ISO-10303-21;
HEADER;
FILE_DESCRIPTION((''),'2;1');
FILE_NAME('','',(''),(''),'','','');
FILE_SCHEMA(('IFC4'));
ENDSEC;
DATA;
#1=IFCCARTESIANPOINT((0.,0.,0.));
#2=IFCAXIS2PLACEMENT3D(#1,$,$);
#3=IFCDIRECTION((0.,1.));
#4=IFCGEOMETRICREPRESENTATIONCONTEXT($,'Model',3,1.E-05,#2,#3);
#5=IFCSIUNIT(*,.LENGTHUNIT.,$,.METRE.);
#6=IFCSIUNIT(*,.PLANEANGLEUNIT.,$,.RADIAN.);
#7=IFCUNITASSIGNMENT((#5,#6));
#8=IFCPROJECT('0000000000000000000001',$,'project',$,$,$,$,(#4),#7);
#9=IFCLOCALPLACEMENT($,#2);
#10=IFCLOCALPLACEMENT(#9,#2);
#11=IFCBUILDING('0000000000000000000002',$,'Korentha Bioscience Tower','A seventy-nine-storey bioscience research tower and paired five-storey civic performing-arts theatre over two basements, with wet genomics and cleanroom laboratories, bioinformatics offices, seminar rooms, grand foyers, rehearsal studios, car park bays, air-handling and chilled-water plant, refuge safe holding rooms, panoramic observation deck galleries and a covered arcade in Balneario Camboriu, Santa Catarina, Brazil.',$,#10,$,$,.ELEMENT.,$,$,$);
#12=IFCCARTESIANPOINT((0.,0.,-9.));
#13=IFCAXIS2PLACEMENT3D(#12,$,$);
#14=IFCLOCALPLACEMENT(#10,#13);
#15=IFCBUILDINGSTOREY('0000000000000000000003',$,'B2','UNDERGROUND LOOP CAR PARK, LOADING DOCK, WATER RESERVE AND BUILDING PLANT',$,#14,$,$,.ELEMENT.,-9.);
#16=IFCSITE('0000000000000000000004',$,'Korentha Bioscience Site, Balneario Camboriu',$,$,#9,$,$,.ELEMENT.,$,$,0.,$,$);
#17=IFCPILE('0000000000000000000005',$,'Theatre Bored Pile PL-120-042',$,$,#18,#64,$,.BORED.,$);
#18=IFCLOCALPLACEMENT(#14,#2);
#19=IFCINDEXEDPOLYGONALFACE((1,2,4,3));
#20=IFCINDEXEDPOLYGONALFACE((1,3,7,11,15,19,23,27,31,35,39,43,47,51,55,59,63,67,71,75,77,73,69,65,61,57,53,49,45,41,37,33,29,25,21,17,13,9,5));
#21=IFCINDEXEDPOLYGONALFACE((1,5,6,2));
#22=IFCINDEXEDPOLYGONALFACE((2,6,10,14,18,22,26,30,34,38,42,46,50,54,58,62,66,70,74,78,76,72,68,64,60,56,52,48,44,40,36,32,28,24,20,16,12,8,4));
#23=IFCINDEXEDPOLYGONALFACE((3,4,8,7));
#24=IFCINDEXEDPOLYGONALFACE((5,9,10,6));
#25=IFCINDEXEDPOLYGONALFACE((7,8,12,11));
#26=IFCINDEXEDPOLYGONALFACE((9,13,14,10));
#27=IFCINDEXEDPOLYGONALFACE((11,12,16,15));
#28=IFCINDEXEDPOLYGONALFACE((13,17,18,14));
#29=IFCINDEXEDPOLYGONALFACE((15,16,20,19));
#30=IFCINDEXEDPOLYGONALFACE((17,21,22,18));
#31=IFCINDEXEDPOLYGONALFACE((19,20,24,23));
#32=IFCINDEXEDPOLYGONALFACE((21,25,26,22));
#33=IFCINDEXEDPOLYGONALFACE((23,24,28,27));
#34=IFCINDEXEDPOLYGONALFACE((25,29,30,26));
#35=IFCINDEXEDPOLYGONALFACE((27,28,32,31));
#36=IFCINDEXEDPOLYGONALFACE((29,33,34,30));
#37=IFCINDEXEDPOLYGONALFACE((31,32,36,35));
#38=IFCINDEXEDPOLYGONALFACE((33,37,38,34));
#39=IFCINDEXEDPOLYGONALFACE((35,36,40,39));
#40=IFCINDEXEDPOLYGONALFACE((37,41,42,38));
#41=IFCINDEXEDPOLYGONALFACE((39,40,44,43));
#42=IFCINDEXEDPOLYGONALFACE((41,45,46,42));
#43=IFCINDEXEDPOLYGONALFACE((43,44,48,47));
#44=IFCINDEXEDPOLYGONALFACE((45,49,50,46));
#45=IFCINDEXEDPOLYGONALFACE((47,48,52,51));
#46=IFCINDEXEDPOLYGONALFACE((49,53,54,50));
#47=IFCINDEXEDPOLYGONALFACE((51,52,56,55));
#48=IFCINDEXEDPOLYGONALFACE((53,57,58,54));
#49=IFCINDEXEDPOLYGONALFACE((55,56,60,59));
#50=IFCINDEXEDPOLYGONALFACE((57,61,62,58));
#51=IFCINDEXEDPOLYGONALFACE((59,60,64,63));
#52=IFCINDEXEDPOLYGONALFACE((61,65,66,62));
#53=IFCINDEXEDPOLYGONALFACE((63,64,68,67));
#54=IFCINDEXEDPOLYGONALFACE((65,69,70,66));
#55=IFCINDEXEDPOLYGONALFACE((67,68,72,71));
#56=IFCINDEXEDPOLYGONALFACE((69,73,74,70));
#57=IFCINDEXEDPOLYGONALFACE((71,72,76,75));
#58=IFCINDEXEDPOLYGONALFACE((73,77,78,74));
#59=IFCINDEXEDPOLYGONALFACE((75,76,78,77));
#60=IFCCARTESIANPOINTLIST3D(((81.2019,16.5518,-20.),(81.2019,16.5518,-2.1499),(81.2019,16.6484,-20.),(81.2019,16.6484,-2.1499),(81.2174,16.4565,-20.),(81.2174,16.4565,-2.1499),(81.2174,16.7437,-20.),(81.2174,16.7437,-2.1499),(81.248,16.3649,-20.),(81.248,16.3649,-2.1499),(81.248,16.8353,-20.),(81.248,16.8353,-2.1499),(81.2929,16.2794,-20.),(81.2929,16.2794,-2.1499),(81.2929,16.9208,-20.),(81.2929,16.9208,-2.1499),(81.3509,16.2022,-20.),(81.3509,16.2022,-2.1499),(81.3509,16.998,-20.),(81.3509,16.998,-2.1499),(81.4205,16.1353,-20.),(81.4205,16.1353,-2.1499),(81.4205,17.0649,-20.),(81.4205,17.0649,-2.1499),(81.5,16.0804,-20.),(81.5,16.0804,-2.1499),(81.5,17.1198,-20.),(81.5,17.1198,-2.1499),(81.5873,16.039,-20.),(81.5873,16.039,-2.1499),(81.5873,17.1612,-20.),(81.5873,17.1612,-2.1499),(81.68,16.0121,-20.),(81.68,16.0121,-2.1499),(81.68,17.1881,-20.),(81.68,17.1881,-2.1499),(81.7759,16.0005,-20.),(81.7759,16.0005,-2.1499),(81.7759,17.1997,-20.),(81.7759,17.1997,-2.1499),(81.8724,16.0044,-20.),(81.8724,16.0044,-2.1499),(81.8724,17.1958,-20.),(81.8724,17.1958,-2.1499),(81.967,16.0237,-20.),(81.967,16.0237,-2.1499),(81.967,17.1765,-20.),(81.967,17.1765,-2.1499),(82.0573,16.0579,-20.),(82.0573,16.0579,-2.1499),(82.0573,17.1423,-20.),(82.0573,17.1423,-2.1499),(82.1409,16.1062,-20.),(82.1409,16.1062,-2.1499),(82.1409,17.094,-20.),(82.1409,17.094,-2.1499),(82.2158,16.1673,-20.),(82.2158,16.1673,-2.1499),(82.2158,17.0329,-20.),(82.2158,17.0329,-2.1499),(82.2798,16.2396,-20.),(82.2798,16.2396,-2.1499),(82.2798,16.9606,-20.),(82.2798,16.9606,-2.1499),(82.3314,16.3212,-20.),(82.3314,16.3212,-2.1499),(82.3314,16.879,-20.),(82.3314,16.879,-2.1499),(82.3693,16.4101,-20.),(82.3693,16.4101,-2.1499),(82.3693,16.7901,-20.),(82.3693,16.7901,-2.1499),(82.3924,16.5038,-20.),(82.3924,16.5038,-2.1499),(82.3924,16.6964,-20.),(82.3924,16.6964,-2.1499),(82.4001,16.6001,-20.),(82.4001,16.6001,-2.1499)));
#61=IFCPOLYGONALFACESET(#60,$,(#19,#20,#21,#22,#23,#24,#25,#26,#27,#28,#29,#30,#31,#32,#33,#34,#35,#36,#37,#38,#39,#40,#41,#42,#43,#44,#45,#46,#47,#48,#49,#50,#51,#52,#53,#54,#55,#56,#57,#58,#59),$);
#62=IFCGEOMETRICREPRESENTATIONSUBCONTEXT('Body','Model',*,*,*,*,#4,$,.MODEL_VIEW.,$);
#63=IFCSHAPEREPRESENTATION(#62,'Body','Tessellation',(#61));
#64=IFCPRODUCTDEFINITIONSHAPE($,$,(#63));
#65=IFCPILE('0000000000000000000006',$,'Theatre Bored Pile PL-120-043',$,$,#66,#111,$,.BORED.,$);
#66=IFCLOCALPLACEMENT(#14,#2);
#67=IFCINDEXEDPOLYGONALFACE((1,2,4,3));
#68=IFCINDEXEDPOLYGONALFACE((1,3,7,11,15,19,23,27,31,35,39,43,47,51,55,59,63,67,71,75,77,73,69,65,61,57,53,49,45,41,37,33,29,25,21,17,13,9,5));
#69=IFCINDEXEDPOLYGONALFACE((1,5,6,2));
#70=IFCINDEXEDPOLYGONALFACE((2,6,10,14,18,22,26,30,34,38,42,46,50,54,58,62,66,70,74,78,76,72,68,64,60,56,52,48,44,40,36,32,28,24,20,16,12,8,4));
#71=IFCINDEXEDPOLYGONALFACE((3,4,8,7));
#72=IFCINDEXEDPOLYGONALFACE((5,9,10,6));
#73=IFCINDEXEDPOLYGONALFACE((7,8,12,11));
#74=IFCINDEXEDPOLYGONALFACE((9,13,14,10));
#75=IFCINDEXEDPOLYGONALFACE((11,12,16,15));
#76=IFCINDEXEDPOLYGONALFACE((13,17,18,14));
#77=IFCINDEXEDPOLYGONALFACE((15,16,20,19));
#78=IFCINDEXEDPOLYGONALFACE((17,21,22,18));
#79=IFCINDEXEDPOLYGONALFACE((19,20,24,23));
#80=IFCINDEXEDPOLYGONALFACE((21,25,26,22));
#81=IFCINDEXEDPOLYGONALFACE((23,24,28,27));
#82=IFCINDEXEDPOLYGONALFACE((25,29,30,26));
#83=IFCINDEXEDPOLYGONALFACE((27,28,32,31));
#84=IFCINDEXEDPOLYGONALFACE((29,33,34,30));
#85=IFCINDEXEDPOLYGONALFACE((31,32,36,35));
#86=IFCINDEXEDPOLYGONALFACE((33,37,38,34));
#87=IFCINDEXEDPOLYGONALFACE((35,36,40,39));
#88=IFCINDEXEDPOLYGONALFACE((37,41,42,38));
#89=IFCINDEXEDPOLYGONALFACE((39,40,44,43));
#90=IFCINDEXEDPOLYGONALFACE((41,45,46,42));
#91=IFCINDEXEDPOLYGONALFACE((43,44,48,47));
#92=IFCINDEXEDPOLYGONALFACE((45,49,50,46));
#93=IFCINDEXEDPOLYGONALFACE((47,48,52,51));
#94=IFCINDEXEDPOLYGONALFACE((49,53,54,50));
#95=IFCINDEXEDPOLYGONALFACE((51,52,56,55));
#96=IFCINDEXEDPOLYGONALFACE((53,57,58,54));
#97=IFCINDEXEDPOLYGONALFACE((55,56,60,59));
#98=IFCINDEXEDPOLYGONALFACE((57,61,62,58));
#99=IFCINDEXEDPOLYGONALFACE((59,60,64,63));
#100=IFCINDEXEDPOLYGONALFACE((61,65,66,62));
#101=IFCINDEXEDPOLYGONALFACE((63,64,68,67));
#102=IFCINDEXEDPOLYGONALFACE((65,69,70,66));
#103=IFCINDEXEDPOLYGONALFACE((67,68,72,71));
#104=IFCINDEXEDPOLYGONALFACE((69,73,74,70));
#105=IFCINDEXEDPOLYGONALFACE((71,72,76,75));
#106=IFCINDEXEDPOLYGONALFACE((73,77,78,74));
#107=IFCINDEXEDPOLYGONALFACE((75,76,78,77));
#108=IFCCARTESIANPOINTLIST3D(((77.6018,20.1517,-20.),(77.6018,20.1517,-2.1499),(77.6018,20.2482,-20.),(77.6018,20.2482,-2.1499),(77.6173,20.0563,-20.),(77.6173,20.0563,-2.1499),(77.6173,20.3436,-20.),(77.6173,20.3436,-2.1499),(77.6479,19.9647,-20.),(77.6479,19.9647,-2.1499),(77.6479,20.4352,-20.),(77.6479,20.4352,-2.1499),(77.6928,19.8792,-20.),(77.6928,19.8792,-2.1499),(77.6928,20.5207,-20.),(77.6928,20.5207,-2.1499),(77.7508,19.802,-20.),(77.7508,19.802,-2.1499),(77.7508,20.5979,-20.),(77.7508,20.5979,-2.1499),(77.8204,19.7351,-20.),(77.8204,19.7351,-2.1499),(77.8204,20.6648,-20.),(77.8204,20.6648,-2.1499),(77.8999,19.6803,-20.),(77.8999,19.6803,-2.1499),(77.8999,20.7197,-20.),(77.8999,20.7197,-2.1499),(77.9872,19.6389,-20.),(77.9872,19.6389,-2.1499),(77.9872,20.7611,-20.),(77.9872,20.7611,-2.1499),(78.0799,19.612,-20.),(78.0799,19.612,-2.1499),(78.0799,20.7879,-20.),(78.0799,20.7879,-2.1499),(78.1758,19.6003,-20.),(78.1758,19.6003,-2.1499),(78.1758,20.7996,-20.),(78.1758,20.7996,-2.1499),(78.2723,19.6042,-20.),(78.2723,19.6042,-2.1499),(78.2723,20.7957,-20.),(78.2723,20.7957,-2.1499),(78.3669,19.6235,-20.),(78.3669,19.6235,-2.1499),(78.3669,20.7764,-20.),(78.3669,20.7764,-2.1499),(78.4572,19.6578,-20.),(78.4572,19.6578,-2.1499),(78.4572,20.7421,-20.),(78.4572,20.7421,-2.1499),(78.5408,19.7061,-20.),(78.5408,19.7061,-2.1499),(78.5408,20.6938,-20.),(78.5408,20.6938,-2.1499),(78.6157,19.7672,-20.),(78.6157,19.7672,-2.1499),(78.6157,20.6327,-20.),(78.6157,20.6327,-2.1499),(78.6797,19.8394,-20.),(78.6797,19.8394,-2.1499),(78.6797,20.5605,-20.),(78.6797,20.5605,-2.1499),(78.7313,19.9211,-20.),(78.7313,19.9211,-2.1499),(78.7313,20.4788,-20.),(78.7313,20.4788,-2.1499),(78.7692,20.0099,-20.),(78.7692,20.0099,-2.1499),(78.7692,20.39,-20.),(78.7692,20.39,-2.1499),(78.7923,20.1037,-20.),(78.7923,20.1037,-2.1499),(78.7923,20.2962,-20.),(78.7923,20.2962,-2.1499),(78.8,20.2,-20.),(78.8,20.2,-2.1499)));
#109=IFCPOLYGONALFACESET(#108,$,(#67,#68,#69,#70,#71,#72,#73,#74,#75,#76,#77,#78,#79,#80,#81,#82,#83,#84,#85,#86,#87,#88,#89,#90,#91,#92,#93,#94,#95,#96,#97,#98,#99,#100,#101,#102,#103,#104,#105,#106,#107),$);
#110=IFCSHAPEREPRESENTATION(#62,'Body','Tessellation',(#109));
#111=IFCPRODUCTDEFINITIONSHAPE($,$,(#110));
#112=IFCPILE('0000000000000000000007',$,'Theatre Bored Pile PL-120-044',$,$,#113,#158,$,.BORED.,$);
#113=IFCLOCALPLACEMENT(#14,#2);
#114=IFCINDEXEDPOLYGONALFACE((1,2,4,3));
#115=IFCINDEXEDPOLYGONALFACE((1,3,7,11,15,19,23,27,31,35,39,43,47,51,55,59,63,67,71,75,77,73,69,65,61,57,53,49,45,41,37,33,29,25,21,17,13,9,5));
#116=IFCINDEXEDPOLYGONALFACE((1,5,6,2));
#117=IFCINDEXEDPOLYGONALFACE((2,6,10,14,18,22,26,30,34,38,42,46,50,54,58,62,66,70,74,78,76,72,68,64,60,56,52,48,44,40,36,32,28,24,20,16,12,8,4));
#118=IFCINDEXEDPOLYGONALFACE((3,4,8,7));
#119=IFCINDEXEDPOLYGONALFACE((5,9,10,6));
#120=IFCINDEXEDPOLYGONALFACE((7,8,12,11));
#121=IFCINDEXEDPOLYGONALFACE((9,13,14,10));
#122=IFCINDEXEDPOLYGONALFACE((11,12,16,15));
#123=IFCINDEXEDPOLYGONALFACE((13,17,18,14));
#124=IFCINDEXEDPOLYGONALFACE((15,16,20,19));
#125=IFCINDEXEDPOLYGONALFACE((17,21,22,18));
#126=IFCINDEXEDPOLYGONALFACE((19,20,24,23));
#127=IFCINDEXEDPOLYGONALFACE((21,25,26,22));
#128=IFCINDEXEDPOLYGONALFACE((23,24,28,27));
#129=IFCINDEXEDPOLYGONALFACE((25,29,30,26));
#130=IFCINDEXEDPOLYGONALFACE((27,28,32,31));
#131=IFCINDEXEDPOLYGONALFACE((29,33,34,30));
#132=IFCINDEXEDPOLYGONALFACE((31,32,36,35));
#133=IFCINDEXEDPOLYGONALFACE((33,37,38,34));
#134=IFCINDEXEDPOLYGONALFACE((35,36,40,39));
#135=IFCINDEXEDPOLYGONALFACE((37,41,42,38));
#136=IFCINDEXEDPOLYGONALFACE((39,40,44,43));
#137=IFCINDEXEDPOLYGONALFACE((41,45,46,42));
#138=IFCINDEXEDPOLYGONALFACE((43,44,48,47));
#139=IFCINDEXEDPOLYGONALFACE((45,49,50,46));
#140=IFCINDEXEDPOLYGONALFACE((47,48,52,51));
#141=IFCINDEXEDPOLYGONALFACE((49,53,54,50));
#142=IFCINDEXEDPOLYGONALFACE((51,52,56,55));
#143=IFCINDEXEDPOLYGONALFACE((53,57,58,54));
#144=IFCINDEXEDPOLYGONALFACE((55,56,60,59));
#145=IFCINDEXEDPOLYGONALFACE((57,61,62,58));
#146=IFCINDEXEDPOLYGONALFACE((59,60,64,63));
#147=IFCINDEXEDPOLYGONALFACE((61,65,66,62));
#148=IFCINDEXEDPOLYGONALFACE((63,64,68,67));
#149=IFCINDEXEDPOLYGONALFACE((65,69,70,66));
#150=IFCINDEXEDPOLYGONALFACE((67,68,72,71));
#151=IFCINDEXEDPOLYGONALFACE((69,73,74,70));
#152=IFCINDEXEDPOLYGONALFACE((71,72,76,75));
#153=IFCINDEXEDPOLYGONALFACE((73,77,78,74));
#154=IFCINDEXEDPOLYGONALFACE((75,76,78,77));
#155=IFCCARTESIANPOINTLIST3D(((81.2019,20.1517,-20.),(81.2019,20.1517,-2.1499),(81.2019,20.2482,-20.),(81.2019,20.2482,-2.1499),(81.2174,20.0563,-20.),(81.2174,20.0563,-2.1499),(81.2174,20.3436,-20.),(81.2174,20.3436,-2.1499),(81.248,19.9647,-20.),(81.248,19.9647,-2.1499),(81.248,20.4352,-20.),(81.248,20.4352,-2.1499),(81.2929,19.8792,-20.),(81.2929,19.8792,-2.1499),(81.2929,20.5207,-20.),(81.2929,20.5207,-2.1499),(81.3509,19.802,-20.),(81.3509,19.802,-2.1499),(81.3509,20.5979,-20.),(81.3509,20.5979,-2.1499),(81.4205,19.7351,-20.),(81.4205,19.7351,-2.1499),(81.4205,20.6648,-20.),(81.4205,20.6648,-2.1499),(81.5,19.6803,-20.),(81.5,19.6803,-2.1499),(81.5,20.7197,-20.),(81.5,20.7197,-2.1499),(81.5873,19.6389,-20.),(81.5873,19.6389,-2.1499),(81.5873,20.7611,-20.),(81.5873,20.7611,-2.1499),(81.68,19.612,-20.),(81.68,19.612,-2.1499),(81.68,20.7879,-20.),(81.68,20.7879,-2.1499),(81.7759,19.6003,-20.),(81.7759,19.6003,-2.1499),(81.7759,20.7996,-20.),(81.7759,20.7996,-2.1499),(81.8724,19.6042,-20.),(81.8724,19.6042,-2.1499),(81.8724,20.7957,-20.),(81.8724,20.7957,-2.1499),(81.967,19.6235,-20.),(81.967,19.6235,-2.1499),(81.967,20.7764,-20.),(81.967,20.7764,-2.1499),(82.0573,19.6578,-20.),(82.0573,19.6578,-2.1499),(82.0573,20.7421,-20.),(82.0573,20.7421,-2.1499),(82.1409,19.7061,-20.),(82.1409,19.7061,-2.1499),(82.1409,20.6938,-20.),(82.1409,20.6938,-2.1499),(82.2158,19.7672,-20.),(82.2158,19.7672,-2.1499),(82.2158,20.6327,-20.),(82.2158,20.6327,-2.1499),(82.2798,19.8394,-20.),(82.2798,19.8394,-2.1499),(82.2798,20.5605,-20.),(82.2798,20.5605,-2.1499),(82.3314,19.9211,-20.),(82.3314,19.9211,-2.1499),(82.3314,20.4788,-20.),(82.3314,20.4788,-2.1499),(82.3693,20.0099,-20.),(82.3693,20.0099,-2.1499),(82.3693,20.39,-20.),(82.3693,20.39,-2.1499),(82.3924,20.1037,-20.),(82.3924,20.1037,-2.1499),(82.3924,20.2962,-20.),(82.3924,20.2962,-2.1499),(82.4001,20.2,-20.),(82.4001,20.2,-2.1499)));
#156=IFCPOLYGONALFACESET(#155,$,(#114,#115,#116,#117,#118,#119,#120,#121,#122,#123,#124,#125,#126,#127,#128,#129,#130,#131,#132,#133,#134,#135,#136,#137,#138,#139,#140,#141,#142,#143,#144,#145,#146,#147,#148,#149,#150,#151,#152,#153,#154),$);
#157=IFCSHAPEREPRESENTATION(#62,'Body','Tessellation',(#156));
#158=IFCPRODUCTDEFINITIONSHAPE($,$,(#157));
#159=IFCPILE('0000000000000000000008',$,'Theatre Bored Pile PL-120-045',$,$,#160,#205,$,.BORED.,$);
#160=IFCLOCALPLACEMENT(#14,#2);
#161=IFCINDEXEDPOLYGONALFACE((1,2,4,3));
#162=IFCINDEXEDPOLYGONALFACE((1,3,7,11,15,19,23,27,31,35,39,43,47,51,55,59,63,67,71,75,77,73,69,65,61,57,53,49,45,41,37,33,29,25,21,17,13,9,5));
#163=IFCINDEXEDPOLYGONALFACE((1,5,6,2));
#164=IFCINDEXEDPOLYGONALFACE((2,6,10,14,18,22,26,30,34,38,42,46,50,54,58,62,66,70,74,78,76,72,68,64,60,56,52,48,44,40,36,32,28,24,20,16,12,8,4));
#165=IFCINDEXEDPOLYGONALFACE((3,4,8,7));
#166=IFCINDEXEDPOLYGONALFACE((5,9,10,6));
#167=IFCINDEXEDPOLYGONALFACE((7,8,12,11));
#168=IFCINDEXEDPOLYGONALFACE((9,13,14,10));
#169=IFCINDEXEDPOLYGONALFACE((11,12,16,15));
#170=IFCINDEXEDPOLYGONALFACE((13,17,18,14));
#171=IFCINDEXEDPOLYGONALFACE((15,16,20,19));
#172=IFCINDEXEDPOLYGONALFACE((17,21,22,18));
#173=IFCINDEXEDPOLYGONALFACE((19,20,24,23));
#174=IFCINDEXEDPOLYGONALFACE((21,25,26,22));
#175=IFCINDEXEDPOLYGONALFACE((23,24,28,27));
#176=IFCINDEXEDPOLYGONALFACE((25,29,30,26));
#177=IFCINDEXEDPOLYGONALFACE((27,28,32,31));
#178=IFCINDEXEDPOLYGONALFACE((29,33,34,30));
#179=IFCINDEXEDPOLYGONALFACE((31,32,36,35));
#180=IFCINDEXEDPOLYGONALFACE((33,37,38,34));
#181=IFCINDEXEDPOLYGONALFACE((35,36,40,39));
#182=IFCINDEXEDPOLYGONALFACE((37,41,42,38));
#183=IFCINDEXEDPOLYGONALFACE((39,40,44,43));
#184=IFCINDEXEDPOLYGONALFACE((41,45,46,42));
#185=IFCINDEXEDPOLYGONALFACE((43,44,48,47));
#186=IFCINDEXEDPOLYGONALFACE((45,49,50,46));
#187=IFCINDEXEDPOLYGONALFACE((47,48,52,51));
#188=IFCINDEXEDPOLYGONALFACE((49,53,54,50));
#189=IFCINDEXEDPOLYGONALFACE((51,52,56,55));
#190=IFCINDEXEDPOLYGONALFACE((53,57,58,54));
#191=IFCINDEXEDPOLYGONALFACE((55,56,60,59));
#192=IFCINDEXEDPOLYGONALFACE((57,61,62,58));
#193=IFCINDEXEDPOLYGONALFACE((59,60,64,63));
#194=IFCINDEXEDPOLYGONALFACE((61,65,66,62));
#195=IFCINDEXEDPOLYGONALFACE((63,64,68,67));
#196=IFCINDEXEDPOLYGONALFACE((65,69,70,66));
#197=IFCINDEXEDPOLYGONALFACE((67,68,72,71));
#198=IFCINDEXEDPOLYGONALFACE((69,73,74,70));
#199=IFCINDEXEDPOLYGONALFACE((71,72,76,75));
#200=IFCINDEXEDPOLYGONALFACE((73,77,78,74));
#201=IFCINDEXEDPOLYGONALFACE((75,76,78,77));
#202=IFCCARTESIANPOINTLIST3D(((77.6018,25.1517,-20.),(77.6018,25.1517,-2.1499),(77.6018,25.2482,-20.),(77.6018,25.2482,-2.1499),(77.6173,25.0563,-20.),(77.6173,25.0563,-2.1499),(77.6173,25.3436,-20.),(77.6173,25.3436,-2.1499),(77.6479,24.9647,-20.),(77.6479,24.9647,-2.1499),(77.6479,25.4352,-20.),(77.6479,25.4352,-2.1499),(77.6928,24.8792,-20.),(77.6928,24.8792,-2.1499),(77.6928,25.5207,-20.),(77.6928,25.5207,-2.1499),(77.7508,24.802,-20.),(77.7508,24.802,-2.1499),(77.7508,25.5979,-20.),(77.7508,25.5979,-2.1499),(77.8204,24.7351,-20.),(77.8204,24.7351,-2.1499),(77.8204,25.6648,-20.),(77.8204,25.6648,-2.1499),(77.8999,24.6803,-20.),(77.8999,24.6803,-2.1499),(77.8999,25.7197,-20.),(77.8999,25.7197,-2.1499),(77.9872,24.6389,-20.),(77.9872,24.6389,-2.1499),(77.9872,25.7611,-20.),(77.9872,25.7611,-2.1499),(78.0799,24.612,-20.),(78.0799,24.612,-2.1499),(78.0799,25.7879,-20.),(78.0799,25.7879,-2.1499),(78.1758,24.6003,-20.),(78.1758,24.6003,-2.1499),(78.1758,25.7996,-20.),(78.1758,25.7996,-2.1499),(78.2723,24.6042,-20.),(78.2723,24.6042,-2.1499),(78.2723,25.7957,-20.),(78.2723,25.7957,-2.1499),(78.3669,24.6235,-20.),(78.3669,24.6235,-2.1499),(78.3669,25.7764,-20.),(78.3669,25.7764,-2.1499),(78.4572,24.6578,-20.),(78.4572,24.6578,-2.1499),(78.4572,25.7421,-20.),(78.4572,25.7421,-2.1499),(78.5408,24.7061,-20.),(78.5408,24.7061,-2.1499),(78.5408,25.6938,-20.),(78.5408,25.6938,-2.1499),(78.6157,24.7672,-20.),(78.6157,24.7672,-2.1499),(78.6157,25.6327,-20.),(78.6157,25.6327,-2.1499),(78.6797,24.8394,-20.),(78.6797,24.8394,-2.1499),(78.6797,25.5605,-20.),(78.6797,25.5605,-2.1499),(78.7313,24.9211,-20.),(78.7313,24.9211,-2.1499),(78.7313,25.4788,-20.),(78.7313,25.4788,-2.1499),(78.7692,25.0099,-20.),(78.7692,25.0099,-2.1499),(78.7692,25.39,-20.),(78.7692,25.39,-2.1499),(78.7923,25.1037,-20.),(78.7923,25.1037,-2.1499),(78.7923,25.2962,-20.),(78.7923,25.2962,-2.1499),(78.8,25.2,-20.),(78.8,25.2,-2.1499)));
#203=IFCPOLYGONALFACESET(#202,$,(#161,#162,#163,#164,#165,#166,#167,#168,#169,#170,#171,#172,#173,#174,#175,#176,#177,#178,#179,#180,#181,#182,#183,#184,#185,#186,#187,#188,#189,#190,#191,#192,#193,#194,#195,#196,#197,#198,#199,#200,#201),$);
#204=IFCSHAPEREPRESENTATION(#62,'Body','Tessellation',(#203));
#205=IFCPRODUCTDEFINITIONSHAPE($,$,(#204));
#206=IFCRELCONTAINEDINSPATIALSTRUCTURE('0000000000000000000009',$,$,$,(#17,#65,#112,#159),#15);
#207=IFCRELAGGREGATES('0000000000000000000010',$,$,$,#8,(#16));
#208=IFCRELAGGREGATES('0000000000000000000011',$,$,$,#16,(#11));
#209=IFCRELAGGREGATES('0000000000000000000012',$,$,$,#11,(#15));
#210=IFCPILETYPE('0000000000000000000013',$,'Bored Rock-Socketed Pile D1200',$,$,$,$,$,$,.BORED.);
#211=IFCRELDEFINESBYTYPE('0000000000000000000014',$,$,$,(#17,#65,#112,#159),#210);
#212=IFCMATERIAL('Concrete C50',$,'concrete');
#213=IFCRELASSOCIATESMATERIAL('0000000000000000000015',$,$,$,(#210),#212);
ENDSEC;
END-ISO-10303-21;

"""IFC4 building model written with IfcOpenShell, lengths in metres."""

from ifc_helpers import new_model, si_unit, direction, frame, origin, origin_2d, place, context, subcontext, project, spatial, circle, extrude, material, material_profile, profile_set, type_object, element, save


model = new_model("IFC4")

# Units and contexts
model_context = context("Model", 3, precision=1e-05, world=origin(), true_north=direction((0.0, 1.0)))
body_context = subcontext(model_context, "Body", "Model", "MODEL_VIEW")
ifc_project = project(units=[si_unit("LENGTHUNIT", "METRE"), si_unit("PLANEANGLEUNIT", "RADIAN")], contexts=[model_context])

# Site, building, storey
site_placement = place(None, origin())
site = spatial("IfcSite", under=ifc_project, at=site_placement, Name="Korentha Bioscience Site, Balneario Camboriu", CompositionType="ELEMENT", RefElevation=0.0)
building_placement = place(site_placement, origin())
building = spatial("IfcBuilding", under=site, at=building_placement, Name="Korentha Bioscience Tower", Description="A seventy-nine-storey bioscience research tower and paired five-storey civic performing-arts theatre over two basements, with wet genomics and cleanroom laboratories, bioinformatics offices, seminar rooms, grand foyers, rehearsal studios, car park bays, air-handling and chilled-water plant, refuge safe holding rooms, panoramic observation deck galleries and a covered arcade in Balneario Camboriu, Santa Catarina, Brazil.", CompositionType="ELEMENT")
storey_placement = place(building_placement, frame((0.0, 0.0, -9.0)))
storey = spatial("IfcBuildingStorey", under=building, at=storey_placement, Name="B2", Description="UNDERGROUND LOOP CAR PARK, LOADING DOCK, WATER RESERVE AND BUILDING PLANT", CompositionType="ELEMENT", Elevation=-9.0)

# Piles
ifc_material_1 = material(Name="Concrete C50", Category="concrete")
ifc_material_profile_1 = material_profile(ifc_material_1, circle(Radius=0.6001, at=origin_2d()), Name="Concrete C50")
ifc_profile_set_1 = profile_set([ifc_material_profile_1], Name="Concrete C50 (PL-120)")
pile_type = type_object("IfcPileType", Name="Bored Rock-Socketed Pile D1200", PredefinedType="BORED", material=ifc_profile_set_1)
for number, where, z_axis, x_axis, name in (
    (1, (81.8, 16.6001, -2.1499), (0.0, 0.0, -1.0), (1.0, 0.0, 0.0), "Theatre Bored Pile PL-120-042"),
    (2, (78.2, 20.2, -2.1499), (0.0, 0.0, -1.0), (1.0, 0.0, 0.0), "Theatre Bored Pile PL-120-043"),
    (3, (81.8, 20.2, -2.1499), (0.0, 0.0, -1.0), (1.0, 0.0, 0.0), "Theatre Bored Pile PL-120-044"),
    (4, (78.2, 25.2, -2.1499), (0.0, 0.0, -1.0), (1.0, 0.0, 0.0), "Theatre Bored Pile PL-120-045"),
):
    element("IfcPile", number, at=place(storey_placement, frame(where, z_axis=z_axis, x_axis=x_axis)), inside=storey, type_object=pile_type, Name=name, PredefinedType="BORED", context=body_context, shape_type="SweptSolid", body=[
        extrude(circle(Radius=0.6001, at=origin_2d()), origin(), (0.0, 0.0, 1.0), 17.8501),
    ])

save(model, "model.ifc")
